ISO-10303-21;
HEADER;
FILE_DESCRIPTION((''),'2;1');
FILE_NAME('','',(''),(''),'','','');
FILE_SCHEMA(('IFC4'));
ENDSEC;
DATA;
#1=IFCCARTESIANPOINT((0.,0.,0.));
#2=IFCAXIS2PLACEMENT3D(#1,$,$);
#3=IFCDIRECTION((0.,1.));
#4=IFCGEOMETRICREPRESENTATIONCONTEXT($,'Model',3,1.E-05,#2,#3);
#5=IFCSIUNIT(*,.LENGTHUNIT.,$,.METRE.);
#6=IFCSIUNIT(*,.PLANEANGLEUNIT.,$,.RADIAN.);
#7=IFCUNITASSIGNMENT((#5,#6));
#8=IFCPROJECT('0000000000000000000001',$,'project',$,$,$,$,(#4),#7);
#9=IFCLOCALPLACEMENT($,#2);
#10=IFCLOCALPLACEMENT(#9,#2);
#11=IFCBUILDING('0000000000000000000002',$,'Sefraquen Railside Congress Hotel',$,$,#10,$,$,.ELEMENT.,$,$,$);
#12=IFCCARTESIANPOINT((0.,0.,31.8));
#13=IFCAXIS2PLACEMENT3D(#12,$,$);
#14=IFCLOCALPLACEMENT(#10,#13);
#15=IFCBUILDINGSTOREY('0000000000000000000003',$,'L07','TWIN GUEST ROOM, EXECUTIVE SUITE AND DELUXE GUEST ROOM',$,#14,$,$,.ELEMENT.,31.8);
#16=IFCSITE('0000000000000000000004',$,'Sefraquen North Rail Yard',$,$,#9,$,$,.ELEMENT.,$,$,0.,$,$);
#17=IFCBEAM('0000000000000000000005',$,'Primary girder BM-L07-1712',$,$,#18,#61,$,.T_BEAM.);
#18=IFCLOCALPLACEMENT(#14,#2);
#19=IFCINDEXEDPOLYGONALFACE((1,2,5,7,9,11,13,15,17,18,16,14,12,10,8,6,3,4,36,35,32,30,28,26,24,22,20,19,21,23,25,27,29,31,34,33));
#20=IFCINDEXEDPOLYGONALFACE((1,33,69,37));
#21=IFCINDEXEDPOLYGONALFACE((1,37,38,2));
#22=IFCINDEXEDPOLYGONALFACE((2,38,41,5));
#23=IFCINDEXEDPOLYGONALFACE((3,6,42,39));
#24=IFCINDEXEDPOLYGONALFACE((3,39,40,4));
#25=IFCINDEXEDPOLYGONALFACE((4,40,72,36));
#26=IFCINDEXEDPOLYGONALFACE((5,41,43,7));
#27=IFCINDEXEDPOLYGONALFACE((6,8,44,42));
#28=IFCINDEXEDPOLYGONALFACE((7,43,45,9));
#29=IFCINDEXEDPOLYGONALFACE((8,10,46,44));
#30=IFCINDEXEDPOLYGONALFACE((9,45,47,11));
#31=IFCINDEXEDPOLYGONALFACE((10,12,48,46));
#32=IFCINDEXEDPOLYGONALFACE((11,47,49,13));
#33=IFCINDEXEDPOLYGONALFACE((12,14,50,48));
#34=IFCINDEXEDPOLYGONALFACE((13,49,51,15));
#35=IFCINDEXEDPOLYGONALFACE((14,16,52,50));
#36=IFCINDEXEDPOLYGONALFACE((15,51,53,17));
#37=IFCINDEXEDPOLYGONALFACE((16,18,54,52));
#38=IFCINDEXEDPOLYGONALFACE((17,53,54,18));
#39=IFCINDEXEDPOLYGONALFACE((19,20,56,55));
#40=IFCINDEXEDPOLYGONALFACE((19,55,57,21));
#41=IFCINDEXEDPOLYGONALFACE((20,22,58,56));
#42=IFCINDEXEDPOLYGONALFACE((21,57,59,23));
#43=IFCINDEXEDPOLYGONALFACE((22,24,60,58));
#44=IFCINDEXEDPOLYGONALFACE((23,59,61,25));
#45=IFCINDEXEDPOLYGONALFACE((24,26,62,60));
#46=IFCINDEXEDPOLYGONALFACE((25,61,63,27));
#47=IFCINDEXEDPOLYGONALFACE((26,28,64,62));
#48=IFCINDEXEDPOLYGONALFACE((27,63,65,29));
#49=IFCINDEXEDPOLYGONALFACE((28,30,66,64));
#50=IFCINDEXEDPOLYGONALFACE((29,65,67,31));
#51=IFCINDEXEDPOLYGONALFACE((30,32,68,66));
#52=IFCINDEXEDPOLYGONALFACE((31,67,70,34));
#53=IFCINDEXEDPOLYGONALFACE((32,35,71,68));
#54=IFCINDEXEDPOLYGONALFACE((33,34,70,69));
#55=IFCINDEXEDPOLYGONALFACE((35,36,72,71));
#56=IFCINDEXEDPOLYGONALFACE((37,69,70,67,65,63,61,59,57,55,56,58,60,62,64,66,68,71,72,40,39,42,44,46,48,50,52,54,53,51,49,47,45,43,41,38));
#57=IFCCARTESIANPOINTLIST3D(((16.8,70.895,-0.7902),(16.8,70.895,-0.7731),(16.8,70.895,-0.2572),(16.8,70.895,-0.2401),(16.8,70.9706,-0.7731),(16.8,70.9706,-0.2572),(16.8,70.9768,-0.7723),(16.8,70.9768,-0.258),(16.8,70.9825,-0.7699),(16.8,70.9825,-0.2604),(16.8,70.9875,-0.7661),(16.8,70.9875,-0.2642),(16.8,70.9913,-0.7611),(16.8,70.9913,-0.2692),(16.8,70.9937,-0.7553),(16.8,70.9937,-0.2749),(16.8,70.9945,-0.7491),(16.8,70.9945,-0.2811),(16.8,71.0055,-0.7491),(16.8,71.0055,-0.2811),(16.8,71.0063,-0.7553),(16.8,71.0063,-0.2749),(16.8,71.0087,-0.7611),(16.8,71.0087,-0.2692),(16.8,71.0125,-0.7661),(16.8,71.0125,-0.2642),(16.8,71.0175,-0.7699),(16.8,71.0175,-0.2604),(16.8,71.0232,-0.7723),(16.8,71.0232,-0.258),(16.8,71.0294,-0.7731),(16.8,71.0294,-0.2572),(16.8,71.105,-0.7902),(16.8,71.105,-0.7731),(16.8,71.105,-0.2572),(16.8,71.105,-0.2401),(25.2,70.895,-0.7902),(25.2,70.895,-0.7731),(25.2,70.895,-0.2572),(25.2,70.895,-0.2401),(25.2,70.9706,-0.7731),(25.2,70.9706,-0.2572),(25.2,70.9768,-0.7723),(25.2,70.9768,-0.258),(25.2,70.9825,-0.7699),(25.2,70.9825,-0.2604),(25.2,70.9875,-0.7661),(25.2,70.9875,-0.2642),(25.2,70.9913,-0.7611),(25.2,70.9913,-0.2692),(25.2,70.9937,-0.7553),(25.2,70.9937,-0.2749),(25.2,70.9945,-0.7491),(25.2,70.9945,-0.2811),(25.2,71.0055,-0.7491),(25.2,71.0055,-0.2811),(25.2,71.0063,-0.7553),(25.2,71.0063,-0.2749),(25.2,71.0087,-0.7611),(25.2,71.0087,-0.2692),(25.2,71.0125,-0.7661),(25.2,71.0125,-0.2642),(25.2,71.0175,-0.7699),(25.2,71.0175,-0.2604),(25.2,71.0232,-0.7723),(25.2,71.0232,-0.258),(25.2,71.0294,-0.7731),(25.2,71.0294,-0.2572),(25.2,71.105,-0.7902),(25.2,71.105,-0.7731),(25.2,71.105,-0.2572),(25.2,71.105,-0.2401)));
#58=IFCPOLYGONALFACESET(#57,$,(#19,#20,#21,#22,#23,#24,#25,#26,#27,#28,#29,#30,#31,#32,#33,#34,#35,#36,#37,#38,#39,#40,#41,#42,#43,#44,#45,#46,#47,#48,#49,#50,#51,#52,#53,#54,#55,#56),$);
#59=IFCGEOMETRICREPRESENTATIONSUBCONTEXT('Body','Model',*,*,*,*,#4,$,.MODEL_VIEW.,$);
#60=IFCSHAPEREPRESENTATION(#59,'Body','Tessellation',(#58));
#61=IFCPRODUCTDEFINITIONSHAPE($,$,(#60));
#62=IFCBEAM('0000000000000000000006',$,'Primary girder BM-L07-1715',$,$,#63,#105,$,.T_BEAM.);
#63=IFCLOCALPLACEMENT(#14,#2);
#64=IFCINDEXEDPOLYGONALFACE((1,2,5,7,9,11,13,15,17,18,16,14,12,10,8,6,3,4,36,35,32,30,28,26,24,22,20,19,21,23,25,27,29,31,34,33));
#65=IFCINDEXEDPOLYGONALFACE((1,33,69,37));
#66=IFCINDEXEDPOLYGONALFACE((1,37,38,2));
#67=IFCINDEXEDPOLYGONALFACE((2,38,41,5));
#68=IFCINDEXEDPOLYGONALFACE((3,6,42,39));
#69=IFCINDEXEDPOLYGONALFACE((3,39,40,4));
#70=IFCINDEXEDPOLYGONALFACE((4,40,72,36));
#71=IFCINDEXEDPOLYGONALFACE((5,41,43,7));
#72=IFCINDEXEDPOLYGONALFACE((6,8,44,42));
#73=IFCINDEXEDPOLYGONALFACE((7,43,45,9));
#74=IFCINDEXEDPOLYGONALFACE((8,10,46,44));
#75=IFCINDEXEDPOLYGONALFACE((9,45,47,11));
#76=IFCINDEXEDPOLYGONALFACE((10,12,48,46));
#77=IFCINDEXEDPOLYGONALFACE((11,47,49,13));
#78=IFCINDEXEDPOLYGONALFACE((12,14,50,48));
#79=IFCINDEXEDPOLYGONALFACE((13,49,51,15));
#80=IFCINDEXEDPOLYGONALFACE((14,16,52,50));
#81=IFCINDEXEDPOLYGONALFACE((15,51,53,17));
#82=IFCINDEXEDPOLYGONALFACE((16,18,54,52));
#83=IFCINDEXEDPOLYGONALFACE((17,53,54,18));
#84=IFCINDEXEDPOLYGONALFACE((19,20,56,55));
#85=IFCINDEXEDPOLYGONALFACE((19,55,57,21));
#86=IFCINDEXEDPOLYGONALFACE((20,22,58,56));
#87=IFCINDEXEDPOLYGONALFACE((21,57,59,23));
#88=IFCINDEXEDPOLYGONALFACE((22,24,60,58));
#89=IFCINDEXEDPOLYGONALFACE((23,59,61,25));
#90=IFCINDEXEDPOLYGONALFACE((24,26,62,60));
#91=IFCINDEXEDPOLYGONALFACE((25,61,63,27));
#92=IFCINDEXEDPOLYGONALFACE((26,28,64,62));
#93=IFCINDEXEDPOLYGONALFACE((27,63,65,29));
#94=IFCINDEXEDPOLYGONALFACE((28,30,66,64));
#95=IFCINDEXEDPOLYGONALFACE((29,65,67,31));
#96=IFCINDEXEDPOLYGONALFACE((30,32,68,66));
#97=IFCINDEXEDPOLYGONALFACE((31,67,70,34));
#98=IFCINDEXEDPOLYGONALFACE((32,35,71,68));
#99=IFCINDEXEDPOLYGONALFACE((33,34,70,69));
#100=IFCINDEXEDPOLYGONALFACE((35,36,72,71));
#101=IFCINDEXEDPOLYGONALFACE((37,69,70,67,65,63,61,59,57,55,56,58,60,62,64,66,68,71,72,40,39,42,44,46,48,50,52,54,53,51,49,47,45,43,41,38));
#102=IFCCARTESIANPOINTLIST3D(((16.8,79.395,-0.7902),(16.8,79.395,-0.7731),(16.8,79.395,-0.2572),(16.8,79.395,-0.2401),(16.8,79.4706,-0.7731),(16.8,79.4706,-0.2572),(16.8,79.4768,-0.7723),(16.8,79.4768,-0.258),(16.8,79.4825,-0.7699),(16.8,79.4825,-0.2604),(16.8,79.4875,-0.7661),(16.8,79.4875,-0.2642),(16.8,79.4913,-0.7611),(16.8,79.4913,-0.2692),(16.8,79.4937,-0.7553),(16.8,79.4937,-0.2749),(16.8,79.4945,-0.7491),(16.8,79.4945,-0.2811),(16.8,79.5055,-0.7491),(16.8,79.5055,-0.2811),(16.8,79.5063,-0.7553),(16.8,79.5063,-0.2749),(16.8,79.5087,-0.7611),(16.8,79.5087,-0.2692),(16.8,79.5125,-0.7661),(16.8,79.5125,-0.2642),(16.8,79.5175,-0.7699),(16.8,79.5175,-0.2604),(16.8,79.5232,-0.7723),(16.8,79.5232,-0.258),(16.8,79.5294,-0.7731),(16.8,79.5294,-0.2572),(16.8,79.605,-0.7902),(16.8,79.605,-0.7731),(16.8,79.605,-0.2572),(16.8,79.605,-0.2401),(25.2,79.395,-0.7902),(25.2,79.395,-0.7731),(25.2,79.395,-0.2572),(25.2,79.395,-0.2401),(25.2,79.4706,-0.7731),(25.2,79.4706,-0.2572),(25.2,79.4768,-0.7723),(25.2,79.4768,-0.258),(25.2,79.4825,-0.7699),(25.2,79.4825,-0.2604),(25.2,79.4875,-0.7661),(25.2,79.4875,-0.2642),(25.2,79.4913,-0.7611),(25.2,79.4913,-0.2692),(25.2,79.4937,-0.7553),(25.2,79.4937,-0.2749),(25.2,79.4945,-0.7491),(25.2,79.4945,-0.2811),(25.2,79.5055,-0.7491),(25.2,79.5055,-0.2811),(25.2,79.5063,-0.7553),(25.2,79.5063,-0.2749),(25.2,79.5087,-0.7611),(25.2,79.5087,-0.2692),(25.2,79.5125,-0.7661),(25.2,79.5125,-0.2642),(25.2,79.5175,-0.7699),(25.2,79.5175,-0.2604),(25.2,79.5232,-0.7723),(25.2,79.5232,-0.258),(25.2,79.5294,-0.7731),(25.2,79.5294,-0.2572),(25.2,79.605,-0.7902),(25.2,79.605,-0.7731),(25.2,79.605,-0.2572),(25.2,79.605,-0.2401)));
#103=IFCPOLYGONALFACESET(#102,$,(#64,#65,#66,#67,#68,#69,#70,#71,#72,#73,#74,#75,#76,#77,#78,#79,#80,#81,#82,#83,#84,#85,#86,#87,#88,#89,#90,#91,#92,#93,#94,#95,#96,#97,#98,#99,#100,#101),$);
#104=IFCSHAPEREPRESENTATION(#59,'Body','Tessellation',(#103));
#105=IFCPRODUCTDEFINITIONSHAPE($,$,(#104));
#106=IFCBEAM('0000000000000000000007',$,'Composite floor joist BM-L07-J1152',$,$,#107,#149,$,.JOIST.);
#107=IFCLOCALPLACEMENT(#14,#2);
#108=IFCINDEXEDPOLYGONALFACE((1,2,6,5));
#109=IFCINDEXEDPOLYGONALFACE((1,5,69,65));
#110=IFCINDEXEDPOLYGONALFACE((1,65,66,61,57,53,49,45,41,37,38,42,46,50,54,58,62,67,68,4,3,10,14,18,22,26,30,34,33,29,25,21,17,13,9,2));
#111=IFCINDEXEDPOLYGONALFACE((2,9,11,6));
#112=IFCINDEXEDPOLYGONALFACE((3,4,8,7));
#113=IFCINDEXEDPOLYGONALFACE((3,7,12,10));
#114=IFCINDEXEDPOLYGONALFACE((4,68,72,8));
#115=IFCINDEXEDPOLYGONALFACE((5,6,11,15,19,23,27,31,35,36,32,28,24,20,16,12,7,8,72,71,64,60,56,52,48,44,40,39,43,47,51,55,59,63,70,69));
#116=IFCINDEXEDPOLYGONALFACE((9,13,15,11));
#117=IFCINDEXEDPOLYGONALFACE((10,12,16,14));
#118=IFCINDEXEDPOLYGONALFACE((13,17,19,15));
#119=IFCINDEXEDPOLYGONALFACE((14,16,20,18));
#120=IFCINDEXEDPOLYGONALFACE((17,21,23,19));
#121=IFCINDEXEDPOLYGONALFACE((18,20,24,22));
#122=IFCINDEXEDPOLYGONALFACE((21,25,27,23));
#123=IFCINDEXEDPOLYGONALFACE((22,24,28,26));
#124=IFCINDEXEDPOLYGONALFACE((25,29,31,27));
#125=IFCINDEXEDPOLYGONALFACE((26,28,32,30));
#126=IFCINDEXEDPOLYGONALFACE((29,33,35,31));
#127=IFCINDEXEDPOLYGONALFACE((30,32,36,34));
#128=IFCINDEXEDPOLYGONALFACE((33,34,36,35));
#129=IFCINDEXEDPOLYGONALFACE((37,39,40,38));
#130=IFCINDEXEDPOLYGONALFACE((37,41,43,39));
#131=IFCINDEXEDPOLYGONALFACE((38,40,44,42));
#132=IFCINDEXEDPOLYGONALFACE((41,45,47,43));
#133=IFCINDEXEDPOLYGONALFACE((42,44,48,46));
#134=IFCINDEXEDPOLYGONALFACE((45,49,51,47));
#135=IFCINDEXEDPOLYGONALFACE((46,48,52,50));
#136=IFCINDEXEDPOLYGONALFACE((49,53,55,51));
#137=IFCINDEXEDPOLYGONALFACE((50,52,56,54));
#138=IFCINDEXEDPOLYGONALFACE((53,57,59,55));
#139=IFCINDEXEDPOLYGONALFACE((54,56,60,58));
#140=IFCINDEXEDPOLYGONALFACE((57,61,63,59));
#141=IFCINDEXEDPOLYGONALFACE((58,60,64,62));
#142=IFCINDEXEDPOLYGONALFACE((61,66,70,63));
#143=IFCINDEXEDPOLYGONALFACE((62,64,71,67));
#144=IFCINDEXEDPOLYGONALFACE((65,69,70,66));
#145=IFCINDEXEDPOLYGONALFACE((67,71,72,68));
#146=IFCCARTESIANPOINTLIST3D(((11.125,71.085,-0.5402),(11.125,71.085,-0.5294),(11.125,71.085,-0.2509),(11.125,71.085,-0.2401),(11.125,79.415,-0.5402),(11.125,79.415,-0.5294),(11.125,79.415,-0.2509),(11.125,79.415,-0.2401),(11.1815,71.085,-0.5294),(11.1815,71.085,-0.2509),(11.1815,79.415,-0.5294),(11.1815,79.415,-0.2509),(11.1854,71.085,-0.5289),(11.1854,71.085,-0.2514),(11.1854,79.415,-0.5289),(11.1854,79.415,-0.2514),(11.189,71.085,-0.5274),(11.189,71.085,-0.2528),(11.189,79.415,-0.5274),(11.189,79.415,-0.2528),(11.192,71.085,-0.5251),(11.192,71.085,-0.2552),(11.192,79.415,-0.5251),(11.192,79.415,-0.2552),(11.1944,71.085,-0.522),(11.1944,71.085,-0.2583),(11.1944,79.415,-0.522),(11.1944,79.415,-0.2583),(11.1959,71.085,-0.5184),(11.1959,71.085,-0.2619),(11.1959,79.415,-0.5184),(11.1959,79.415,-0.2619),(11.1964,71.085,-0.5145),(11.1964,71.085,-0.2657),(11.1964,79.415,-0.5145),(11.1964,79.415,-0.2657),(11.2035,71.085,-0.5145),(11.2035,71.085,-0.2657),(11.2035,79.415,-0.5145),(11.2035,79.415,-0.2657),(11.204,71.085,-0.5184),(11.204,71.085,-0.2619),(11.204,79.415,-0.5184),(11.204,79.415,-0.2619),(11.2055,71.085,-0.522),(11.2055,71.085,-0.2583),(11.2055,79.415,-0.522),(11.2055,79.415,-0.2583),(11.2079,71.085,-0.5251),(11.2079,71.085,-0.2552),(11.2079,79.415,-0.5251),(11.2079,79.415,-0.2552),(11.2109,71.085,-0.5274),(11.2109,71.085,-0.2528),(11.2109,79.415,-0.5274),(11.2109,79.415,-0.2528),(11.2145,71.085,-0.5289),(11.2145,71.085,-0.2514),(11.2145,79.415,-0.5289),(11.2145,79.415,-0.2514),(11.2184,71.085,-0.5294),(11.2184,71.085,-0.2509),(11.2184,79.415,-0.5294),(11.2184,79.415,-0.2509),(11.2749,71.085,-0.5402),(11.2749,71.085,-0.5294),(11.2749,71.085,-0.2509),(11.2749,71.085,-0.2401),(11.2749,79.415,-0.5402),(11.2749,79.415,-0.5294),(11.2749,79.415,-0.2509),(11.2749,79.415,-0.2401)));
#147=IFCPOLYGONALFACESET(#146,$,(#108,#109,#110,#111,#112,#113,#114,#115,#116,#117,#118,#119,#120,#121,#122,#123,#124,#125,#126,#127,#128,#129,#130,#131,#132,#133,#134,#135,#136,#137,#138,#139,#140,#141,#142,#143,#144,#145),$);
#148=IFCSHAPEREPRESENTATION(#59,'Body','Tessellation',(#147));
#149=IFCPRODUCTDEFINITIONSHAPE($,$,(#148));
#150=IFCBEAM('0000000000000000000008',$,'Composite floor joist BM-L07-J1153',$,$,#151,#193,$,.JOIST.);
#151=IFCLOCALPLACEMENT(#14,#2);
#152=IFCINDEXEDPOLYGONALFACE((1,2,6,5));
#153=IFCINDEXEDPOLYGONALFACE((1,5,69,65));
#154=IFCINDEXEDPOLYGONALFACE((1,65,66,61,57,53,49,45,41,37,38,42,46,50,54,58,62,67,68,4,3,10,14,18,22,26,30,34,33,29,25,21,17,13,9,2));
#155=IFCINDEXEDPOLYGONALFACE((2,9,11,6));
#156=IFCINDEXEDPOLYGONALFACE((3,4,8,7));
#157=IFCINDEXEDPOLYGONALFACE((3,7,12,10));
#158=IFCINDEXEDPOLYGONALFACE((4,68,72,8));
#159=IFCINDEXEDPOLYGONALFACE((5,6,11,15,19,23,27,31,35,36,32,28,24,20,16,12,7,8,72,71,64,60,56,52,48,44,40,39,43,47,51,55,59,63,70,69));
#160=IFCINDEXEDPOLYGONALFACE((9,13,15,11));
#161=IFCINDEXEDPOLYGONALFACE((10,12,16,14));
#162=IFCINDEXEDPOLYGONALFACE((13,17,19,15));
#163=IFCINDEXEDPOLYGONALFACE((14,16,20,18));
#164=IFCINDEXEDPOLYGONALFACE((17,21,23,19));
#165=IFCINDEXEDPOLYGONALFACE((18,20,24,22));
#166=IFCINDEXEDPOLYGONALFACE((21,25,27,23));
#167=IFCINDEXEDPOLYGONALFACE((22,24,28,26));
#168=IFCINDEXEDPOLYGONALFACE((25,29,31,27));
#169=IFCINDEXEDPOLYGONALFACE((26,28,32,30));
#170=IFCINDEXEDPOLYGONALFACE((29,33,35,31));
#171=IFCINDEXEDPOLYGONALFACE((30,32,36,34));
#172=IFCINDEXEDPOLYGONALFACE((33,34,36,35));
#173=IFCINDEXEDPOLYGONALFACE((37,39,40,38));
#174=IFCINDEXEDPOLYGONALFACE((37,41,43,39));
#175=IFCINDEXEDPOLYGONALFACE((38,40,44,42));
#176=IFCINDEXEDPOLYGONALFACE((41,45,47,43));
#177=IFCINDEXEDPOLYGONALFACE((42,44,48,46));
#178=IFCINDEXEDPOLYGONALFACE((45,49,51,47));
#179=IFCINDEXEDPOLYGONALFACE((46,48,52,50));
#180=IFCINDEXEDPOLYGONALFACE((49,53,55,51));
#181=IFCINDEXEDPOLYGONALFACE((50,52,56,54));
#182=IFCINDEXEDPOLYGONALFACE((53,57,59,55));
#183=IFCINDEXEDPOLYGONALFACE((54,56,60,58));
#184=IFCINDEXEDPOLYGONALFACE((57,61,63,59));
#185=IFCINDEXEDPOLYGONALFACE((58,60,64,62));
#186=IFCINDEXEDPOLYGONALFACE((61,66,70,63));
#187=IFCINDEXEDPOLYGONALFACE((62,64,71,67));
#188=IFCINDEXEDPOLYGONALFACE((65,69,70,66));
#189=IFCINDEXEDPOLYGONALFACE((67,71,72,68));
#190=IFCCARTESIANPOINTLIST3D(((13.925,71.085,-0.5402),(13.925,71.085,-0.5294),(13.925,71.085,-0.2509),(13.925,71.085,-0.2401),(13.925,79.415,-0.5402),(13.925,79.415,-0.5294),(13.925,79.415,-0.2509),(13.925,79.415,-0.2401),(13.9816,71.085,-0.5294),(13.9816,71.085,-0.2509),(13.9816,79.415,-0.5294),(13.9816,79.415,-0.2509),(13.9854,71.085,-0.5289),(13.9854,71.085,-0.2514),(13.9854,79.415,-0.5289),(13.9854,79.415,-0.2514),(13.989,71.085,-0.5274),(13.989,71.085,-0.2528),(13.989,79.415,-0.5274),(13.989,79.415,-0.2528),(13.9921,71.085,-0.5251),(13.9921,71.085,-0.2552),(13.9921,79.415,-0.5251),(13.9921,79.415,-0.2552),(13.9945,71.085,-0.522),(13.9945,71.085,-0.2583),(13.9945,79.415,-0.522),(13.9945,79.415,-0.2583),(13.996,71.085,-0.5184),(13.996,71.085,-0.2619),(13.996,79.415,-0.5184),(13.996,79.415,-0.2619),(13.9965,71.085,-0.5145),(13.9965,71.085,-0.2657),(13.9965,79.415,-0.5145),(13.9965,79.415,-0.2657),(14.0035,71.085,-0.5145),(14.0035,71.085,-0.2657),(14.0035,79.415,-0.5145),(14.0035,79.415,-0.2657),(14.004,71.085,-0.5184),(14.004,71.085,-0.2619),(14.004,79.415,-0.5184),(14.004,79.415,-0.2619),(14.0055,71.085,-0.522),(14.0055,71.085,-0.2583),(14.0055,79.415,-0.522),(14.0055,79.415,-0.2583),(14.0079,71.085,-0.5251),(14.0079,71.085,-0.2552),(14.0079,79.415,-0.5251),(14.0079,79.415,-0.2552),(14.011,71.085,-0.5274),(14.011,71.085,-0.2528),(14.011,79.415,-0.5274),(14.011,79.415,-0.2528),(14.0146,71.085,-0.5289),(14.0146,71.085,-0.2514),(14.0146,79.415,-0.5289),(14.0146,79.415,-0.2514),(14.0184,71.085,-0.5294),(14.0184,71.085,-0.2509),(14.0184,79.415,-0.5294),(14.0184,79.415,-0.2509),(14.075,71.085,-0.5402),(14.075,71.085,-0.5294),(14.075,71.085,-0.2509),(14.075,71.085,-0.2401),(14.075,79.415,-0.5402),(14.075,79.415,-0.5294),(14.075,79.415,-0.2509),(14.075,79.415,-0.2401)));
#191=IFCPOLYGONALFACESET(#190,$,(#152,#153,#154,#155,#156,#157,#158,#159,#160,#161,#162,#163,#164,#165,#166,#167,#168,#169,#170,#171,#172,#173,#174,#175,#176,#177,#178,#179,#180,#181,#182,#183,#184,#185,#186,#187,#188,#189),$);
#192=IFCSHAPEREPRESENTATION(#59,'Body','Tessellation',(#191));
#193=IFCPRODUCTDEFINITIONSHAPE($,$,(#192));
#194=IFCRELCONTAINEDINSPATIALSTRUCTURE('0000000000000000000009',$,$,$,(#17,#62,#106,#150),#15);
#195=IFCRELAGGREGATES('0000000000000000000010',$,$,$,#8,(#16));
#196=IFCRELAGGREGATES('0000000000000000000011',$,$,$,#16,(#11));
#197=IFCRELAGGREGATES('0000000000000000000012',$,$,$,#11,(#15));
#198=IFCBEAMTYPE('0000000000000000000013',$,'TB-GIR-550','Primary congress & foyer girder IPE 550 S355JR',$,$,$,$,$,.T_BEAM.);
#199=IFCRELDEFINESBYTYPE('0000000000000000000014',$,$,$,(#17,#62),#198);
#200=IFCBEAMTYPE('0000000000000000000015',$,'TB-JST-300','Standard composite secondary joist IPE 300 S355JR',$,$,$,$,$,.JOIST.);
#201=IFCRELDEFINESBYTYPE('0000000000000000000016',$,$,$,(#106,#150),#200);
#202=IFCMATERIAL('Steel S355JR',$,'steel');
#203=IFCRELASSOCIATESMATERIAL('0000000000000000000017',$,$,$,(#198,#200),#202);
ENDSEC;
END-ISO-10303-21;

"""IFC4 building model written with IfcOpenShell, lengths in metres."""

from ifc_helpers import new_model, si_unit, direction, frame, origin, origin_2d, place, context, subcontext, project, spatial, i_section, extrude, material, material_profile, profile_set, type_object, element, save


model = new_model("IFC4")

# Units and contexts
model_context = context("Model", 3, precision=1e-05, world=origin(), true_north=direction((0.0, 1.0)))
body_context = subcontext(model_context, "Body", "Model", "MODEL_VIEW")
ifc_project = project(units=[si_unit("LENGTHUNIT", "METRE"), si_unit("PLANEANGLEUNIT", "RADIAN")], contexts=[model_context])

# Site, building, storey
site_placement = place(None, origin())
site = spatial("IfcSite", under=ifc_project, at=site_placement, Name="Sefraquen North Rail Yard", CompositionType="ELEMENT", RefElevation=0.0)
building_placement = place(site_placement, origin())
building = spatial("IfcBuilding", under=site, at=building_placement, Name="Sefraquen Railside Congress Hotel", CompositionType="ELEMENT")
storey_placement = place(building_placement, frame((0.0, 0.0, 31.8)))
storey = spatial("IfcBuildingStorey", under=building, at=storey_placement, Name="L07", Description="TWIN GUEST ROOM, EXECUTIVE SUITE AND DELUXE GUEST ROOM", CompositionType="ELEMENT", Elevation=31.8)

# Shared definitions
ifc_material_1 = material(Name="Steel S355JR", Category="steel")

# Beams
ifc_material_profile_1 = material_profile(ifc_material_1, i_section(OverallWidth=0.21, OverallDepth=0.55, WebThickness=0.011, FlangeThickness=0.0171, FilletRadius=0.0239, at=origin_2d()), Name="IPE 550")
ifc_profile_set_1 = profile_set([ifc_material_profile_1], Name="Steel S355JR")
beam_type_1 = type_object("IfcBeamType", Name="TB-GIR-550", Description="Primary congress & foyer girder IPE 550 S355JR", PredefinedType="T_BEAM", material=ifc_profile_set_1)
for number, where, z_axis, x_axis, name in (
    (1, (16.8, 71.0, -0.5151), (1.0, 0.0, 0.0), (0.0, 1.0, 0.0), "Primary girder BM-L07-1712"),
    (2, (16.8, 79.5, -0.5151), (1.0, 0.0, 0.0), (0.0, 1.0, 0.0), "Primary girder BM-L07-1715"),
):
    element("IfcBeam", number, at=place(storey_placement, frame(where, z_axis=z_axis, x_axis=x_axis)), inside=storey, type_object=beam_type_1, Name=name, PredefinedType="T_BEAM", context=body_context, shape_type="SweptSolid", body=[
        extrude(i_section(OverallWidth=0.21, OverallDepth=0.55, WebThickness=0.011, FlangeThickness=0.0171, FilletRadius=0.0239, at=origin_2d()), origin(), (0.0, 0.0, 1.0), 8.3999),
    ])
ifc_material_profile_2 = material_profile(ifc_material_1, i_section(OverallWidth=0.1499, OverallDepth=0.3, WebThickness=0.0071, FlangeThickness=0.0107, FilletRadius=0.0149, at=origin_2d()), Name="IPE 300")
ifc_profile_set_2 = profile_set([ifc_material_profile_2], Name="Steel S355JR")
beam_type_2 = type_object("IfcBeamType", Name="TB-JST-300", Description="Standard composite secondary joist IPE 300 S355JR", PredefinedType="JOIST", material=ifc_profile_set_2)
for number, where, z_axis, x_axis, name in (
    (3, (11.2, 71.085, -0.3901), (0.0, 1.0, 0.0), (-1.0, 0.0, 0.0), "Composite floor joist BM-L07-J1152"),
    (4, (14.0, 71.085, -0.3901), (0.0, 1.0, 0.0), (-1.0, 0.0, 0.0), "Composite floor joist BM-L07-J1153"),
):
    element("IfcBeam", number, at=place(storey_placement, frame(where, z_axis=z_axis, x_axis=x_axis)), inside=storey, type_object=beam_type_2, Name=name, PredefinedType="JOIST", context=body_context, shape_type="SweptSolid", body=[
        extrude(i_section(OverallWidth=0.1499, OverallDepth=0.3, WebThickness=0.0071, FlangeThickness=0.0107, FilletRadius=0.0149, at=origin_2d()), origin(), (0.0, 0.0, 1.0), 8.3301),
    ])

save(model, "model.ifc")
